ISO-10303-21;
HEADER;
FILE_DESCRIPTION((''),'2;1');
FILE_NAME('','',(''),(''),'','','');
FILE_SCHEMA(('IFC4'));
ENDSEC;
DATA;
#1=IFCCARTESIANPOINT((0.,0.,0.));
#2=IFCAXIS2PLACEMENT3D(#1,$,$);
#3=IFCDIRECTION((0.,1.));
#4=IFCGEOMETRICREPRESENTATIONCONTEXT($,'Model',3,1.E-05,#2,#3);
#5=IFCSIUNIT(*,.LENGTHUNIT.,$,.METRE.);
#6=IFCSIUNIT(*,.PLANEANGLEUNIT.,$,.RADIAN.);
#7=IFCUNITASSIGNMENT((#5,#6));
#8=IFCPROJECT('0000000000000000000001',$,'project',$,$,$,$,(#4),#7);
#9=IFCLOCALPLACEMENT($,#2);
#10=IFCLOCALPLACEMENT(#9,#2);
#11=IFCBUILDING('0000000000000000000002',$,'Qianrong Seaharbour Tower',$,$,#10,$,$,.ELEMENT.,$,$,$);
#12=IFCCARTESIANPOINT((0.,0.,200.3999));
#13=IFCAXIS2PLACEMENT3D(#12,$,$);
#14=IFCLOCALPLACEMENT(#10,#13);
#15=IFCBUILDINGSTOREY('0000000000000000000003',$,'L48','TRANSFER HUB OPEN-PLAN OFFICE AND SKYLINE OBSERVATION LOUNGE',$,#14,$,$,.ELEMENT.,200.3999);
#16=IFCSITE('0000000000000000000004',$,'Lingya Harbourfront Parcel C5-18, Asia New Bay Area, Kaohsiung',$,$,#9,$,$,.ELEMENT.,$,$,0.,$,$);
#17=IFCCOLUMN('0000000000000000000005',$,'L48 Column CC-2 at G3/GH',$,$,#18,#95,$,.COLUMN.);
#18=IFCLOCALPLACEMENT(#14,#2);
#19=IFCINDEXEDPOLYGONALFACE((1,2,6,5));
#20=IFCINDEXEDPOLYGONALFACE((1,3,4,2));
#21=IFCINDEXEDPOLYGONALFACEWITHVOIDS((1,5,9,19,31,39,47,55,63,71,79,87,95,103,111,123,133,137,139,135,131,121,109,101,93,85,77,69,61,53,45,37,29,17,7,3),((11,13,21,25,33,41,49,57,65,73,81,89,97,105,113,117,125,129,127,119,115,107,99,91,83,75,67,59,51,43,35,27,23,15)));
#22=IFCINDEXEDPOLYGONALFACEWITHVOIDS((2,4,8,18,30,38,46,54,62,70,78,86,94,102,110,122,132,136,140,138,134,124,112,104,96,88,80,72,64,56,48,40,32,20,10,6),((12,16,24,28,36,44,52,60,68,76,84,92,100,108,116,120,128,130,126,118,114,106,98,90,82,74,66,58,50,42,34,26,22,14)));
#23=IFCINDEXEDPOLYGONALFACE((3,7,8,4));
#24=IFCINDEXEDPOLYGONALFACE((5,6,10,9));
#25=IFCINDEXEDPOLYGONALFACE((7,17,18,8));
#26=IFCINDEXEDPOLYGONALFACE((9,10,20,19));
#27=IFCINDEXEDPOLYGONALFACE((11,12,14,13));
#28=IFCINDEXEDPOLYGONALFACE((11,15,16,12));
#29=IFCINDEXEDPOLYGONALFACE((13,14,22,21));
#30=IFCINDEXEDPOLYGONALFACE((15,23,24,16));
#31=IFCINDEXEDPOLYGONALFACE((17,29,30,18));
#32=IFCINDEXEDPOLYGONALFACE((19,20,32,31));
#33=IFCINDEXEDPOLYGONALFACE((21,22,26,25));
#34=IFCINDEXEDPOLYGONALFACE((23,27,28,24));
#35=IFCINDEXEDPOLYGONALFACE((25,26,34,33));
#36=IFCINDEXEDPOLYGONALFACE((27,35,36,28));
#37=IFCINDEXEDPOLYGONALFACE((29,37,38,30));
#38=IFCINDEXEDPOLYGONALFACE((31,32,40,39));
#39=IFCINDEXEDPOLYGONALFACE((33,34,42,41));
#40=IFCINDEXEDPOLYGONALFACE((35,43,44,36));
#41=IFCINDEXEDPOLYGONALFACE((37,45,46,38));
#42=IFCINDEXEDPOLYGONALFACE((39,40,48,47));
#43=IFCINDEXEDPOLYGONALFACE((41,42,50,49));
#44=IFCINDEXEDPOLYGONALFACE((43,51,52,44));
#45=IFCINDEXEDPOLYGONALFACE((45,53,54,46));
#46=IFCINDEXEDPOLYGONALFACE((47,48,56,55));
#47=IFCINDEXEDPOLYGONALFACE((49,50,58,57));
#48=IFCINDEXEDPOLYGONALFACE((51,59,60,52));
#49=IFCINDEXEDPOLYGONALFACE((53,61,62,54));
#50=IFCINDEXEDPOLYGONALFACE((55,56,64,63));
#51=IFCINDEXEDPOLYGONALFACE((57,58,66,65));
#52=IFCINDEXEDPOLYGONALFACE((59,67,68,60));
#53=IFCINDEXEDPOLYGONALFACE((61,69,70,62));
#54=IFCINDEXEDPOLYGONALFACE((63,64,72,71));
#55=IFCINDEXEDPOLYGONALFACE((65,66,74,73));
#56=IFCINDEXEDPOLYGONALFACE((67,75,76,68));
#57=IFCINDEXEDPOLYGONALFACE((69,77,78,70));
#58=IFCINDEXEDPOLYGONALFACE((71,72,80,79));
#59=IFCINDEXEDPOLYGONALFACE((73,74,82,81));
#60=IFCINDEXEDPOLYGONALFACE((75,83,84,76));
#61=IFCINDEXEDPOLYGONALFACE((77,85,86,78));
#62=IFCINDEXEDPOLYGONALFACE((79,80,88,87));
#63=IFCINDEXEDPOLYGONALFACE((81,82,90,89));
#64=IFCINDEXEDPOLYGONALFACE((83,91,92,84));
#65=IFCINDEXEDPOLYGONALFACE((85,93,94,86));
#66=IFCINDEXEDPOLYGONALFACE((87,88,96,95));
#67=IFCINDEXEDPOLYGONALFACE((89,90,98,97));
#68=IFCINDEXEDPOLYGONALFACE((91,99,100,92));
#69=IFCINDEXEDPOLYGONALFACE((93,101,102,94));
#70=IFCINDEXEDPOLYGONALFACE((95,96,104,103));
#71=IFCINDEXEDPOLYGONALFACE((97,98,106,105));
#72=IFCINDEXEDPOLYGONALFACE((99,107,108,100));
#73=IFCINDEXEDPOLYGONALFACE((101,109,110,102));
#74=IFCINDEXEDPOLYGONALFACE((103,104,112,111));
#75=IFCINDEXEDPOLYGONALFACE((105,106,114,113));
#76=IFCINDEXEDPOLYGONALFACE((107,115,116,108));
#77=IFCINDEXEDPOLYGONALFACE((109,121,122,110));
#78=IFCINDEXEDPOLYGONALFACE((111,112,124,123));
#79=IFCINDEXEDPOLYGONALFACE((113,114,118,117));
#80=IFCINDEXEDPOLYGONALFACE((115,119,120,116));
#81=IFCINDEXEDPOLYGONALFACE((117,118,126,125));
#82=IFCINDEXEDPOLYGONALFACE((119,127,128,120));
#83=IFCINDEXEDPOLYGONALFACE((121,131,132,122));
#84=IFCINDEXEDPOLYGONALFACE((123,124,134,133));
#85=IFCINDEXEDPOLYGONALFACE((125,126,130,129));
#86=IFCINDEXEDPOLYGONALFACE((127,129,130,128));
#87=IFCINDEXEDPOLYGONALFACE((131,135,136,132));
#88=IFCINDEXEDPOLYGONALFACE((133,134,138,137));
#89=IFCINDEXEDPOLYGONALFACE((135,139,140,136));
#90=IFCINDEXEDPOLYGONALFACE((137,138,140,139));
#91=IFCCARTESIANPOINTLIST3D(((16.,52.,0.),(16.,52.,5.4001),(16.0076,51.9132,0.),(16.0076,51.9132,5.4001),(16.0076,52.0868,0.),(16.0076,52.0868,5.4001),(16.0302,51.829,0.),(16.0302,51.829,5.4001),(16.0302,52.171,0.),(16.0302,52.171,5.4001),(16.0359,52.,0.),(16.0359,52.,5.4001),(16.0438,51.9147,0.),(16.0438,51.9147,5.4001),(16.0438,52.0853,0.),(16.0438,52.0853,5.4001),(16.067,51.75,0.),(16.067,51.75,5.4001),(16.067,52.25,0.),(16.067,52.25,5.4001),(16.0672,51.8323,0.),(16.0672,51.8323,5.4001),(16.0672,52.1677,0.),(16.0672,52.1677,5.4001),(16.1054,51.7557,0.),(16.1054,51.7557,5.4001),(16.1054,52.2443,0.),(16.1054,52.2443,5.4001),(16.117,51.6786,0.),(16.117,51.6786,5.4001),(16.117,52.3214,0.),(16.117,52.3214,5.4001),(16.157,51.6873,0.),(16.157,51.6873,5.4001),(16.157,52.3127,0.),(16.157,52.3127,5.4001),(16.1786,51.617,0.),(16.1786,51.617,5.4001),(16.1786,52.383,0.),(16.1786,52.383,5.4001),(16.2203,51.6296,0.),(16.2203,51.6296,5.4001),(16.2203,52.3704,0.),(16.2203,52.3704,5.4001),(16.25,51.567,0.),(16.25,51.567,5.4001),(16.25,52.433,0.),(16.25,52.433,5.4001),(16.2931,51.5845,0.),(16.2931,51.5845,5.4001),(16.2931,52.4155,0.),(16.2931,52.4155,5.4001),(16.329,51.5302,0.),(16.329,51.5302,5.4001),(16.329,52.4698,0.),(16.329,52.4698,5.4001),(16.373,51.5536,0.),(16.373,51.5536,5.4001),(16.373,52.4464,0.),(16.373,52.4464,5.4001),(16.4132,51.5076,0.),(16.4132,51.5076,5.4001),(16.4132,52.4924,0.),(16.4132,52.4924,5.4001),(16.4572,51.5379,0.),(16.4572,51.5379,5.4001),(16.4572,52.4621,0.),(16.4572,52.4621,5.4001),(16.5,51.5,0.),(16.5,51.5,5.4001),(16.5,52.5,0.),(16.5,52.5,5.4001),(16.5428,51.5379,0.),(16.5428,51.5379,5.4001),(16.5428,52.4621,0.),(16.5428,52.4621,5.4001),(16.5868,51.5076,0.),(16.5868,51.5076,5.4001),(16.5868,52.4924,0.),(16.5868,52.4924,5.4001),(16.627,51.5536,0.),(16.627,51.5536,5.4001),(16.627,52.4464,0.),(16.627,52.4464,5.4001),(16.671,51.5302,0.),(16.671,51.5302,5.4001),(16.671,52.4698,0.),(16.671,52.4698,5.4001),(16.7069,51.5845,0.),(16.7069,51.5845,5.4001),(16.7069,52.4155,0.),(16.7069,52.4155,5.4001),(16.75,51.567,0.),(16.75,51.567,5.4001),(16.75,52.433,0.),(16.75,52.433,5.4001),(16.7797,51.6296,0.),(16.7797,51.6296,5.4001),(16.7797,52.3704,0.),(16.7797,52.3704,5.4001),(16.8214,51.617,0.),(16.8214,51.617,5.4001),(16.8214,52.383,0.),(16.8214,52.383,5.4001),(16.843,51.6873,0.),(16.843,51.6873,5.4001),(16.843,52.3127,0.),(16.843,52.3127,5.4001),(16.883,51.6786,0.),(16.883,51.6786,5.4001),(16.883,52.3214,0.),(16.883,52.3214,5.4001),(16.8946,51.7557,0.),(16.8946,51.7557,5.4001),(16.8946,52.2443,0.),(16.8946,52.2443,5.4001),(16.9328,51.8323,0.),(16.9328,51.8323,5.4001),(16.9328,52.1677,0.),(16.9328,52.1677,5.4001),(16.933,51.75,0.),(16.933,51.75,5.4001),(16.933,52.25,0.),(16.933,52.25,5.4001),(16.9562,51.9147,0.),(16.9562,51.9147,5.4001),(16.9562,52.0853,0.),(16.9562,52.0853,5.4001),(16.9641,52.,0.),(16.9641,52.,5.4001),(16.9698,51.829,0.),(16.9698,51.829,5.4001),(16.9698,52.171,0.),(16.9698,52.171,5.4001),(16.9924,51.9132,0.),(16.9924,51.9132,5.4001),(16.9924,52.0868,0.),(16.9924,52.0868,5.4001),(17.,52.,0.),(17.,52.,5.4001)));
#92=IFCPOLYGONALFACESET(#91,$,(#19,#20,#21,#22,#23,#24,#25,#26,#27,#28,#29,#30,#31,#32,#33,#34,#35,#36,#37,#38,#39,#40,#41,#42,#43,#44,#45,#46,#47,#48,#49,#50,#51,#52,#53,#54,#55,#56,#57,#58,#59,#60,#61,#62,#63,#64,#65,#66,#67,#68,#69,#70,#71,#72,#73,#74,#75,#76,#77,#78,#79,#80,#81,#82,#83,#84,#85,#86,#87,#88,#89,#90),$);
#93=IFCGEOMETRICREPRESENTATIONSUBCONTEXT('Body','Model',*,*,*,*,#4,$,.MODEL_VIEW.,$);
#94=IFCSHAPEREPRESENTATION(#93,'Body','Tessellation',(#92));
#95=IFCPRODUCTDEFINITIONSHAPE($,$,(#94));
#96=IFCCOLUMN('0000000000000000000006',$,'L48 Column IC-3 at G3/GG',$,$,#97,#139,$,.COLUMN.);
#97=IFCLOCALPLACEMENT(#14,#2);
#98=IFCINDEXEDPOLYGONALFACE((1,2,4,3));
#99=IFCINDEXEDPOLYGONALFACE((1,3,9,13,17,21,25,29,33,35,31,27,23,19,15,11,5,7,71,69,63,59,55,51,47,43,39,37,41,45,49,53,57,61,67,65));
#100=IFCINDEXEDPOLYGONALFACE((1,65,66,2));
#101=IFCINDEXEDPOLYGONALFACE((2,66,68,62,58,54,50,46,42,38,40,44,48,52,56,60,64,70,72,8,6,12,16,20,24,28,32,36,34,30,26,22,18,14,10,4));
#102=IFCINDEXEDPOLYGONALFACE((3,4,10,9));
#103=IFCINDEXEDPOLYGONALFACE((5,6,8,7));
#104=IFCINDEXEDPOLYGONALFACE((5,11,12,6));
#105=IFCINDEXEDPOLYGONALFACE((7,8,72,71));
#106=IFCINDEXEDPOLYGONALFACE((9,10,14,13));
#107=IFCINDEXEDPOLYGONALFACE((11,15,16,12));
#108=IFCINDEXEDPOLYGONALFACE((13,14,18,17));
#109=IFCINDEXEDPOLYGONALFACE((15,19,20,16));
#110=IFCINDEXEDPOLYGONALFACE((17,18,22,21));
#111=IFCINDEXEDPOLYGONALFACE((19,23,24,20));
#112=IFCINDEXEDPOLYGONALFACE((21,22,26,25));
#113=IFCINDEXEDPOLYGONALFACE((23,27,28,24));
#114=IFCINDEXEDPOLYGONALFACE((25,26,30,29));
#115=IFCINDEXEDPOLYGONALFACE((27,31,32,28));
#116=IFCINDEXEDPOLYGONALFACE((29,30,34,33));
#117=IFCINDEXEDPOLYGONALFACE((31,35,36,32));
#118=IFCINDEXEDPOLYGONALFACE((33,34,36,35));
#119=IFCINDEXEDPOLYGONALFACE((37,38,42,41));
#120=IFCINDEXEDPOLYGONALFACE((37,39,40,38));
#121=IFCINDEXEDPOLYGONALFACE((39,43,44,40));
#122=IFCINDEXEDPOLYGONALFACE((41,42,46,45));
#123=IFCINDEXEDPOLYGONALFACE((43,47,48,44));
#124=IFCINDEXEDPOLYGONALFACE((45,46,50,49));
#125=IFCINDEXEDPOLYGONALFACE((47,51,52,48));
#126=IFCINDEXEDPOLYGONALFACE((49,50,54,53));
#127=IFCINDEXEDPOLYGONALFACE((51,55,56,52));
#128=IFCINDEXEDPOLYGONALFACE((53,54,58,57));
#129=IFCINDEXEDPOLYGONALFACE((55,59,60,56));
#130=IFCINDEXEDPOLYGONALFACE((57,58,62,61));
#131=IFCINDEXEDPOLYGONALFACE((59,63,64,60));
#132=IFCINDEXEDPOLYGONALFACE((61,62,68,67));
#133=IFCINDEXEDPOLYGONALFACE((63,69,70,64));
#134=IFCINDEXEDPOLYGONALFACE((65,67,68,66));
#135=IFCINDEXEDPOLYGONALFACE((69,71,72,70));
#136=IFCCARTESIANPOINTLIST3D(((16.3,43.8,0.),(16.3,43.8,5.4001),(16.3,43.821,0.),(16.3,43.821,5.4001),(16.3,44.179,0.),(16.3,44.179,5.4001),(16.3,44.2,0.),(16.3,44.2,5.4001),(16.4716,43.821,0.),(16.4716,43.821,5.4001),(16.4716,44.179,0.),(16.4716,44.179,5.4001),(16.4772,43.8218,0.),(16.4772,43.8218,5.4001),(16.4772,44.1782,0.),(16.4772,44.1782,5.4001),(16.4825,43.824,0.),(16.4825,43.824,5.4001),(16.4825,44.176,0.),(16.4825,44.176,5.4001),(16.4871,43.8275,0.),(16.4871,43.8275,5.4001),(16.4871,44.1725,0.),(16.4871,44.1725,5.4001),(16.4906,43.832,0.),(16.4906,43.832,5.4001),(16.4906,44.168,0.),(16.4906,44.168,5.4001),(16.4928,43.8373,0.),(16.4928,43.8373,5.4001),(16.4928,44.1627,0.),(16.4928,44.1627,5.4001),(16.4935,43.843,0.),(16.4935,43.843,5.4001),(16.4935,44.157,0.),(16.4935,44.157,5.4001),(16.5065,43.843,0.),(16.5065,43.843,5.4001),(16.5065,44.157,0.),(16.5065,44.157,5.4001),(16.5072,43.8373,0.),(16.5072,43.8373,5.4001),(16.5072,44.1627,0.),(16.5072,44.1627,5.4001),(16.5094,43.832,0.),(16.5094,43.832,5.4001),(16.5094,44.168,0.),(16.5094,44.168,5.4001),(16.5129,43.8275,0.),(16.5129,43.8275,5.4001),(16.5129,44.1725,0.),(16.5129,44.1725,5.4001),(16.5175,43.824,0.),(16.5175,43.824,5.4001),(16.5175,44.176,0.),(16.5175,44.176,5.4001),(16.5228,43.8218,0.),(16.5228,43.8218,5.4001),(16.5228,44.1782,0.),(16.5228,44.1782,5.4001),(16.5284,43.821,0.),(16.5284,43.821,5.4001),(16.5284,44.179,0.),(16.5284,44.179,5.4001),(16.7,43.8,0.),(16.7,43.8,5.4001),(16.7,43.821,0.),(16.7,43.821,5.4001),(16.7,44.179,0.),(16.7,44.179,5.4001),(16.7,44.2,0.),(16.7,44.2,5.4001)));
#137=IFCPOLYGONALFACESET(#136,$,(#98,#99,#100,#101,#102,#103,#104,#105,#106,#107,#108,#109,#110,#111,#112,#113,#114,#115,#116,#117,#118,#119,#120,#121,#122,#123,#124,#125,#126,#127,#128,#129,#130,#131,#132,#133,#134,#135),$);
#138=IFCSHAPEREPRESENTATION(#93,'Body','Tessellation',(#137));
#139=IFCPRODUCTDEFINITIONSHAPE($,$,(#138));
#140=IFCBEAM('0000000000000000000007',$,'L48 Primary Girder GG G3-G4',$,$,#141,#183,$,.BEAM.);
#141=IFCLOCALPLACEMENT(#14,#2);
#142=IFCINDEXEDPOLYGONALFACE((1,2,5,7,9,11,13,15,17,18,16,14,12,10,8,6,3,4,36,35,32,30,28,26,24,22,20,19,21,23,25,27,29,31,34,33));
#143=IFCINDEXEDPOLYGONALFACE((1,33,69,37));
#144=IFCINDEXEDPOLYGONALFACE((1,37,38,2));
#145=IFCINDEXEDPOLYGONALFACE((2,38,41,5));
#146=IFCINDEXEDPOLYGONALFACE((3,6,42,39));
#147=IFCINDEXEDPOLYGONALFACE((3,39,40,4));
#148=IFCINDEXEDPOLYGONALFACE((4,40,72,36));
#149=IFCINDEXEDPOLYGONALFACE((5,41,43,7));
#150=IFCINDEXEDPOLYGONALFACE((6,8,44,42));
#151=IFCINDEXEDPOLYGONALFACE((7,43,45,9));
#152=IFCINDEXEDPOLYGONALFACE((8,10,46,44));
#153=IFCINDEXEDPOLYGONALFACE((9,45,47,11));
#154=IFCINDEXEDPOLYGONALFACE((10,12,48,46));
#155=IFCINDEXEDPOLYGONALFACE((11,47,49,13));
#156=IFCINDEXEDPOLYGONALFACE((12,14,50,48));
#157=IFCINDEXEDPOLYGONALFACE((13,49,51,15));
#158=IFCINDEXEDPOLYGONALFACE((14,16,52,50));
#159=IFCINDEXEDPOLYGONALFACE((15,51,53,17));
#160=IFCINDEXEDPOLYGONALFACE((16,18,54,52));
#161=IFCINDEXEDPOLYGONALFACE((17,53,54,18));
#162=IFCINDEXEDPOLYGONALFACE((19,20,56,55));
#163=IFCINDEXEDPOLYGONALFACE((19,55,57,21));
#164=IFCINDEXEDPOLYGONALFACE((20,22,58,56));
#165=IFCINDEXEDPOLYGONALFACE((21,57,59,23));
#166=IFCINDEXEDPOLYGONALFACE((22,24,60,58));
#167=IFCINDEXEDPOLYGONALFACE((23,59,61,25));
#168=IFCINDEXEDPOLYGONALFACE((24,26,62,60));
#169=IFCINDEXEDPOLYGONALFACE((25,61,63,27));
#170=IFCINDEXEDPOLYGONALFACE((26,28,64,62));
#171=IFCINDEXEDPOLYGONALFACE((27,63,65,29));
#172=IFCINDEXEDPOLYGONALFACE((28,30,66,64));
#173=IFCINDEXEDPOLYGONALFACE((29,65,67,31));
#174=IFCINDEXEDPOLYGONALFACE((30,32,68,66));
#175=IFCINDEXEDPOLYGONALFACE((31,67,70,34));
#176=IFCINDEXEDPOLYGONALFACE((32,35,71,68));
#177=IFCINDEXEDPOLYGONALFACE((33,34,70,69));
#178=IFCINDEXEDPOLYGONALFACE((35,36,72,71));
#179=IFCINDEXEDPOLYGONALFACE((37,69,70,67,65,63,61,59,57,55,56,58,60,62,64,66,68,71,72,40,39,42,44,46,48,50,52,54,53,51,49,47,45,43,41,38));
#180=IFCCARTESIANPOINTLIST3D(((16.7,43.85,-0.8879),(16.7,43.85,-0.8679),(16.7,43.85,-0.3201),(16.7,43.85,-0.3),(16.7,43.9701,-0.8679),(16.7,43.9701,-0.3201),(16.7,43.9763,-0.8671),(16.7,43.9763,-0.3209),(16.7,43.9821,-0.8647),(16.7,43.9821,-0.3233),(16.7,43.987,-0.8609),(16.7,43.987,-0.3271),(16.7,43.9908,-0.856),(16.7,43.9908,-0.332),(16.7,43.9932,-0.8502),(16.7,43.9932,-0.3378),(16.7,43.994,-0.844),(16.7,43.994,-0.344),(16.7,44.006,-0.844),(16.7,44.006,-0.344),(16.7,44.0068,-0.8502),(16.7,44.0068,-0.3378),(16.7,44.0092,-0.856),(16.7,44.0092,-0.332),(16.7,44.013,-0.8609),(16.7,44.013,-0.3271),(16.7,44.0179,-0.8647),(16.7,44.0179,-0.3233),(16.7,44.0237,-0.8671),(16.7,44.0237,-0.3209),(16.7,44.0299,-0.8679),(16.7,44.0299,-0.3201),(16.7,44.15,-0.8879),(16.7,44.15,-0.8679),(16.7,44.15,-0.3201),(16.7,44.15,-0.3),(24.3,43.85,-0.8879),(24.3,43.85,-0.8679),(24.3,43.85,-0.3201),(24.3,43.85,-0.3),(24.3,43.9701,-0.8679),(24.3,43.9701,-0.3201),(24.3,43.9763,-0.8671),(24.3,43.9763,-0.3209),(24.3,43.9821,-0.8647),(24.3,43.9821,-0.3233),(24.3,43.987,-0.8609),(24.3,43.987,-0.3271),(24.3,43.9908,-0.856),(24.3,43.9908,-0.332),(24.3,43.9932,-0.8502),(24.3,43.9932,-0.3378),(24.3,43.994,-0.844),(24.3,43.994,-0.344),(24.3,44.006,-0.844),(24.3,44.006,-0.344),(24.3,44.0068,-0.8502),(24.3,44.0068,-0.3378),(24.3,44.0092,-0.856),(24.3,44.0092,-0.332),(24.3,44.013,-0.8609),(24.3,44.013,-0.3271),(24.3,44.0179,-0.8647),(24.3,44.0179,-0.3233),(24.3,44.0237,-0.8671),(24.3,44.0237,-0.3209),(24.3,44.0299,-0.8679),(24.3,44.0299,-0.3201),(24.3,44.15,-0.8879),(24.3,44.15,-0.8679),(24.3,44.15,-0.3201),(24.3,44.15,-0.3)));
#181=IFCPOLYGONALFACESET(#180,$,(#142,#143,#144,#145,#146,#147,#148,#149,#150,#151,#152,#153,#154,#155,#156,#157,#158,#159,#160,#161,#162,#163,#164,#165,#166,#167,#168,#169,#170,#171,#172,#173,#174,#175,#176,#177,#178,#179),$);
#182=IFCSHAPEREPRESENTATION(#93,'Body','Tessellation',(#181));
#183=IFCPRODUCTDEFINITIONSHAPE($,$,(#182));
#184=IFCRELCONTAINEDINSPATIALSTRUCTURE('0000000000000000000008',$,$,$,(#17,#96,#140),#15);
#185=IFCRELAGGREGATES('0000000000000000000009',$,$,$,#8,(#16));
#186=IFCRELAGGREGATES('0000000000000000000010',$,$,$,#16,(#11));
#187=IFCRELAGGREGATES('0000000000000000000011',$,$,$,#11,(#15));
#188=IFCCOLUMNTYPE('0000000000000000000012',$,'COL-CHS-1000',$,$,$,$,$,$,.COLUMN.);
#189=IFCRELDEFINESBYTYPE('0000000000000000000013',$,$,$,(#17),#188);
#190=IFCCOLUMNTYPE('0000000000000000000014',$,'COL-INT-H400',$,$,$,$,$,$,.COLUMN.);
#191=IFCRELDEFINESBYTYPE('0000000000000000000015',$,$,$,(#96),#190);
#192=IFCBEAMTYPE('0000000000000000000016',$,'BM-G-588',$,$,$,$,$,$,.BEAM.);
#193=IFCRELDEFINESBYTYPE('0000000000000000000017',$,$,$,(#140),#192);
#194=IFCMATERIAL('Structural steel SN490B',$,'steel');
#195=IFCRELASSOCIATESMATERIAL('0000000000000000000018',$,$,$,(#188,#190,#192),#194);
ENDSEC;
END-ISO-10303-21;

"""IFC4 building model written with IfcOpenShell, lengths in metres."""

from ifc_helpers import new_model, si_unit, direction, frame, origin, origin_2d, place, context, subcontext, project, spatial, hollow_circle, i_section, extrude, material, material_profile, profile_set, type_object, element, save


model = new_model("IFC4")

# Units and contexts
model_context = context("Model", 3, precision=1e-05, world=origin(), true_north=direction((0.0, 1.0)))
body_context = subcontext(model_context, "Body", "Model", "MODEL_VIEW")
ifc_project = project(units=[si_unit("LENGTHUNIT", "METRE"), si_unit("PLANEANGLEUNIT", "RADIAN")], contexts=[model_context])

# Site, building, storey
site_placement = place(None, origin())
site = spatial("IfcSite", under=ifc_project, at=site_placement, Name="Lingya Harbourfront Parcel C5-18, Asia New Bay Area, Kaohsiung", CompositionType="ELEMENT", RefElevation=0.0)
building_placement = place(site_placement, origin())
building = spatial("IfcBuilding", under=site, at=building_placement, Name="Qianrong Seaharbour Tower", CompositionType="ELEMENT")
storey_placement = place(building_placement, frame((0.0, 0.0, 200.3999)))
storey = spatial("IfcBuildingStorey", under=building, at=storey_placement, Name="L48", Description="TRANSFER HUB OPEN-PLAN OFFICE AND SKYLINE OBSERVATION LOUNGE", CompositionType="ELEMENT", Elevation=200.3999)

# Columns
ifc_material_1 = material(Name="Structural steel SN490B", Category="steel")
ifc_material_profile_1 = material_profile(ifc_material_1, hollow_circle(Radius=0.5, WallThickness=0.0359, at=origin_2d()), Name="CHS1000x36")
ifc_profile_set_1 = profile_set([ifc_material_profile_1], Name="Structural steel SN490B")
column_type_1 = type_object("IfcColumnType", Name="COL-CHS-1000", PredefinedType="COLUMN", material=ifc_profile_set_1)
column_1_placement = place(storey_placement, frame((16.5, 52.0, 0.0), z_axis=(0.0, 0.0, 1.0), x_axis=(1.0, 0.0, 0.0)))
element("IfcColumn", 1, at=column_1_placement, inside=storey, type_object=column_type_1, Name="L48 Column CC-2 at G3/GH", PredefinedType="COLUMN", context=body_context, shape_type="SweptSolid", body=[
    extrude(hollow_circle(Radius=0.5, WallThickness=0.0359, at=origin_2d()), origin(), (0.0, 0.0, 1.0), 5.4001),
])
ifc_material_profile_2 = material_profile(ifc_material_1, i_section(OverallWidth=0.3999, OverallDepth=0.3999, WebThickness=0.0129, FlangeThickness=0.021, FilletRadius=0.022, at=origin_2d()), Name="H400x400x13x21")
ifc_profile_set_2 = profile_set([ifc_material_profile_2], Name="Structural steel SN490B")
column_type_2 = type_object("IfcColumnType", Name="COL-INT-H400", PredefinedType="COLUMN", material=ifc_profile_set_2)
column_2_placement = place(storey_placement, frame((16.5, 44.0, 0.0), z_axis=(0.0, 0.0, 1.0), x_axis=(1.0, 0.0, 0.0)))
element("IfcColumn", 2, at=column_2_placement, inside=storey, type_object=column_type_2, Name="L48 Column IC-3 at G3/GG", PredefinedType="COLUMN", context=body_context, shape_type="SweptSolid", body=[
    extrude(i_section(OverallWidth=0.3999, OverallDepth=0.3999, WebThickness=0.0129, FlangeThickness=0.021, FilletRadius=0.022, at=origin_2d()), origin(), (0.0, 0.0, 1.0), 5.4001),
])

# Beam
ifc_material_profile_3 = material_profile(ifc_material_1, i_section(OverallWidth=0.3, OverallDepth=0.5879, WebThickness=0.012, FlangeThickness=0.02, FilletRadius=0.0239, at=origin_2d()), Name="H588x300x12x20")
ifc_profile_set_3 = profile_set([ifc_material_profile_3], Name="Structural steel SN490B")
beam_type_1 = type_object("IfcBeamType", Name="BM-G-588", PredefinedType="BEAM", material=ifc_profile_set_3)
beam_1_placement = place(storey_placement, frame((16.7, 44.0, -0.594), z_axis=(1.0, 0.0, 0.0), x_axis=(0.0, 1.0, 0.0)))
element("IfcBeam", 3, at=beam_1_placement, inside=storey, type_object=beam_type_1, Name="L48 Primary Girder GG G3-G4", PredefinedType="BEAM", context=body_context, shape_type="SweptSolid", body=[
    extrude(i_section(OverallWidth=0.3, OverallDepth=0.5879, WebThickness=0.012, FlangeThickness=0.02, FilletRadius=0.0239, at=origin_2d()), origin(), (0.0, 0.0, 1.0), 7.6001),
])

save(model, "model.ifc")
